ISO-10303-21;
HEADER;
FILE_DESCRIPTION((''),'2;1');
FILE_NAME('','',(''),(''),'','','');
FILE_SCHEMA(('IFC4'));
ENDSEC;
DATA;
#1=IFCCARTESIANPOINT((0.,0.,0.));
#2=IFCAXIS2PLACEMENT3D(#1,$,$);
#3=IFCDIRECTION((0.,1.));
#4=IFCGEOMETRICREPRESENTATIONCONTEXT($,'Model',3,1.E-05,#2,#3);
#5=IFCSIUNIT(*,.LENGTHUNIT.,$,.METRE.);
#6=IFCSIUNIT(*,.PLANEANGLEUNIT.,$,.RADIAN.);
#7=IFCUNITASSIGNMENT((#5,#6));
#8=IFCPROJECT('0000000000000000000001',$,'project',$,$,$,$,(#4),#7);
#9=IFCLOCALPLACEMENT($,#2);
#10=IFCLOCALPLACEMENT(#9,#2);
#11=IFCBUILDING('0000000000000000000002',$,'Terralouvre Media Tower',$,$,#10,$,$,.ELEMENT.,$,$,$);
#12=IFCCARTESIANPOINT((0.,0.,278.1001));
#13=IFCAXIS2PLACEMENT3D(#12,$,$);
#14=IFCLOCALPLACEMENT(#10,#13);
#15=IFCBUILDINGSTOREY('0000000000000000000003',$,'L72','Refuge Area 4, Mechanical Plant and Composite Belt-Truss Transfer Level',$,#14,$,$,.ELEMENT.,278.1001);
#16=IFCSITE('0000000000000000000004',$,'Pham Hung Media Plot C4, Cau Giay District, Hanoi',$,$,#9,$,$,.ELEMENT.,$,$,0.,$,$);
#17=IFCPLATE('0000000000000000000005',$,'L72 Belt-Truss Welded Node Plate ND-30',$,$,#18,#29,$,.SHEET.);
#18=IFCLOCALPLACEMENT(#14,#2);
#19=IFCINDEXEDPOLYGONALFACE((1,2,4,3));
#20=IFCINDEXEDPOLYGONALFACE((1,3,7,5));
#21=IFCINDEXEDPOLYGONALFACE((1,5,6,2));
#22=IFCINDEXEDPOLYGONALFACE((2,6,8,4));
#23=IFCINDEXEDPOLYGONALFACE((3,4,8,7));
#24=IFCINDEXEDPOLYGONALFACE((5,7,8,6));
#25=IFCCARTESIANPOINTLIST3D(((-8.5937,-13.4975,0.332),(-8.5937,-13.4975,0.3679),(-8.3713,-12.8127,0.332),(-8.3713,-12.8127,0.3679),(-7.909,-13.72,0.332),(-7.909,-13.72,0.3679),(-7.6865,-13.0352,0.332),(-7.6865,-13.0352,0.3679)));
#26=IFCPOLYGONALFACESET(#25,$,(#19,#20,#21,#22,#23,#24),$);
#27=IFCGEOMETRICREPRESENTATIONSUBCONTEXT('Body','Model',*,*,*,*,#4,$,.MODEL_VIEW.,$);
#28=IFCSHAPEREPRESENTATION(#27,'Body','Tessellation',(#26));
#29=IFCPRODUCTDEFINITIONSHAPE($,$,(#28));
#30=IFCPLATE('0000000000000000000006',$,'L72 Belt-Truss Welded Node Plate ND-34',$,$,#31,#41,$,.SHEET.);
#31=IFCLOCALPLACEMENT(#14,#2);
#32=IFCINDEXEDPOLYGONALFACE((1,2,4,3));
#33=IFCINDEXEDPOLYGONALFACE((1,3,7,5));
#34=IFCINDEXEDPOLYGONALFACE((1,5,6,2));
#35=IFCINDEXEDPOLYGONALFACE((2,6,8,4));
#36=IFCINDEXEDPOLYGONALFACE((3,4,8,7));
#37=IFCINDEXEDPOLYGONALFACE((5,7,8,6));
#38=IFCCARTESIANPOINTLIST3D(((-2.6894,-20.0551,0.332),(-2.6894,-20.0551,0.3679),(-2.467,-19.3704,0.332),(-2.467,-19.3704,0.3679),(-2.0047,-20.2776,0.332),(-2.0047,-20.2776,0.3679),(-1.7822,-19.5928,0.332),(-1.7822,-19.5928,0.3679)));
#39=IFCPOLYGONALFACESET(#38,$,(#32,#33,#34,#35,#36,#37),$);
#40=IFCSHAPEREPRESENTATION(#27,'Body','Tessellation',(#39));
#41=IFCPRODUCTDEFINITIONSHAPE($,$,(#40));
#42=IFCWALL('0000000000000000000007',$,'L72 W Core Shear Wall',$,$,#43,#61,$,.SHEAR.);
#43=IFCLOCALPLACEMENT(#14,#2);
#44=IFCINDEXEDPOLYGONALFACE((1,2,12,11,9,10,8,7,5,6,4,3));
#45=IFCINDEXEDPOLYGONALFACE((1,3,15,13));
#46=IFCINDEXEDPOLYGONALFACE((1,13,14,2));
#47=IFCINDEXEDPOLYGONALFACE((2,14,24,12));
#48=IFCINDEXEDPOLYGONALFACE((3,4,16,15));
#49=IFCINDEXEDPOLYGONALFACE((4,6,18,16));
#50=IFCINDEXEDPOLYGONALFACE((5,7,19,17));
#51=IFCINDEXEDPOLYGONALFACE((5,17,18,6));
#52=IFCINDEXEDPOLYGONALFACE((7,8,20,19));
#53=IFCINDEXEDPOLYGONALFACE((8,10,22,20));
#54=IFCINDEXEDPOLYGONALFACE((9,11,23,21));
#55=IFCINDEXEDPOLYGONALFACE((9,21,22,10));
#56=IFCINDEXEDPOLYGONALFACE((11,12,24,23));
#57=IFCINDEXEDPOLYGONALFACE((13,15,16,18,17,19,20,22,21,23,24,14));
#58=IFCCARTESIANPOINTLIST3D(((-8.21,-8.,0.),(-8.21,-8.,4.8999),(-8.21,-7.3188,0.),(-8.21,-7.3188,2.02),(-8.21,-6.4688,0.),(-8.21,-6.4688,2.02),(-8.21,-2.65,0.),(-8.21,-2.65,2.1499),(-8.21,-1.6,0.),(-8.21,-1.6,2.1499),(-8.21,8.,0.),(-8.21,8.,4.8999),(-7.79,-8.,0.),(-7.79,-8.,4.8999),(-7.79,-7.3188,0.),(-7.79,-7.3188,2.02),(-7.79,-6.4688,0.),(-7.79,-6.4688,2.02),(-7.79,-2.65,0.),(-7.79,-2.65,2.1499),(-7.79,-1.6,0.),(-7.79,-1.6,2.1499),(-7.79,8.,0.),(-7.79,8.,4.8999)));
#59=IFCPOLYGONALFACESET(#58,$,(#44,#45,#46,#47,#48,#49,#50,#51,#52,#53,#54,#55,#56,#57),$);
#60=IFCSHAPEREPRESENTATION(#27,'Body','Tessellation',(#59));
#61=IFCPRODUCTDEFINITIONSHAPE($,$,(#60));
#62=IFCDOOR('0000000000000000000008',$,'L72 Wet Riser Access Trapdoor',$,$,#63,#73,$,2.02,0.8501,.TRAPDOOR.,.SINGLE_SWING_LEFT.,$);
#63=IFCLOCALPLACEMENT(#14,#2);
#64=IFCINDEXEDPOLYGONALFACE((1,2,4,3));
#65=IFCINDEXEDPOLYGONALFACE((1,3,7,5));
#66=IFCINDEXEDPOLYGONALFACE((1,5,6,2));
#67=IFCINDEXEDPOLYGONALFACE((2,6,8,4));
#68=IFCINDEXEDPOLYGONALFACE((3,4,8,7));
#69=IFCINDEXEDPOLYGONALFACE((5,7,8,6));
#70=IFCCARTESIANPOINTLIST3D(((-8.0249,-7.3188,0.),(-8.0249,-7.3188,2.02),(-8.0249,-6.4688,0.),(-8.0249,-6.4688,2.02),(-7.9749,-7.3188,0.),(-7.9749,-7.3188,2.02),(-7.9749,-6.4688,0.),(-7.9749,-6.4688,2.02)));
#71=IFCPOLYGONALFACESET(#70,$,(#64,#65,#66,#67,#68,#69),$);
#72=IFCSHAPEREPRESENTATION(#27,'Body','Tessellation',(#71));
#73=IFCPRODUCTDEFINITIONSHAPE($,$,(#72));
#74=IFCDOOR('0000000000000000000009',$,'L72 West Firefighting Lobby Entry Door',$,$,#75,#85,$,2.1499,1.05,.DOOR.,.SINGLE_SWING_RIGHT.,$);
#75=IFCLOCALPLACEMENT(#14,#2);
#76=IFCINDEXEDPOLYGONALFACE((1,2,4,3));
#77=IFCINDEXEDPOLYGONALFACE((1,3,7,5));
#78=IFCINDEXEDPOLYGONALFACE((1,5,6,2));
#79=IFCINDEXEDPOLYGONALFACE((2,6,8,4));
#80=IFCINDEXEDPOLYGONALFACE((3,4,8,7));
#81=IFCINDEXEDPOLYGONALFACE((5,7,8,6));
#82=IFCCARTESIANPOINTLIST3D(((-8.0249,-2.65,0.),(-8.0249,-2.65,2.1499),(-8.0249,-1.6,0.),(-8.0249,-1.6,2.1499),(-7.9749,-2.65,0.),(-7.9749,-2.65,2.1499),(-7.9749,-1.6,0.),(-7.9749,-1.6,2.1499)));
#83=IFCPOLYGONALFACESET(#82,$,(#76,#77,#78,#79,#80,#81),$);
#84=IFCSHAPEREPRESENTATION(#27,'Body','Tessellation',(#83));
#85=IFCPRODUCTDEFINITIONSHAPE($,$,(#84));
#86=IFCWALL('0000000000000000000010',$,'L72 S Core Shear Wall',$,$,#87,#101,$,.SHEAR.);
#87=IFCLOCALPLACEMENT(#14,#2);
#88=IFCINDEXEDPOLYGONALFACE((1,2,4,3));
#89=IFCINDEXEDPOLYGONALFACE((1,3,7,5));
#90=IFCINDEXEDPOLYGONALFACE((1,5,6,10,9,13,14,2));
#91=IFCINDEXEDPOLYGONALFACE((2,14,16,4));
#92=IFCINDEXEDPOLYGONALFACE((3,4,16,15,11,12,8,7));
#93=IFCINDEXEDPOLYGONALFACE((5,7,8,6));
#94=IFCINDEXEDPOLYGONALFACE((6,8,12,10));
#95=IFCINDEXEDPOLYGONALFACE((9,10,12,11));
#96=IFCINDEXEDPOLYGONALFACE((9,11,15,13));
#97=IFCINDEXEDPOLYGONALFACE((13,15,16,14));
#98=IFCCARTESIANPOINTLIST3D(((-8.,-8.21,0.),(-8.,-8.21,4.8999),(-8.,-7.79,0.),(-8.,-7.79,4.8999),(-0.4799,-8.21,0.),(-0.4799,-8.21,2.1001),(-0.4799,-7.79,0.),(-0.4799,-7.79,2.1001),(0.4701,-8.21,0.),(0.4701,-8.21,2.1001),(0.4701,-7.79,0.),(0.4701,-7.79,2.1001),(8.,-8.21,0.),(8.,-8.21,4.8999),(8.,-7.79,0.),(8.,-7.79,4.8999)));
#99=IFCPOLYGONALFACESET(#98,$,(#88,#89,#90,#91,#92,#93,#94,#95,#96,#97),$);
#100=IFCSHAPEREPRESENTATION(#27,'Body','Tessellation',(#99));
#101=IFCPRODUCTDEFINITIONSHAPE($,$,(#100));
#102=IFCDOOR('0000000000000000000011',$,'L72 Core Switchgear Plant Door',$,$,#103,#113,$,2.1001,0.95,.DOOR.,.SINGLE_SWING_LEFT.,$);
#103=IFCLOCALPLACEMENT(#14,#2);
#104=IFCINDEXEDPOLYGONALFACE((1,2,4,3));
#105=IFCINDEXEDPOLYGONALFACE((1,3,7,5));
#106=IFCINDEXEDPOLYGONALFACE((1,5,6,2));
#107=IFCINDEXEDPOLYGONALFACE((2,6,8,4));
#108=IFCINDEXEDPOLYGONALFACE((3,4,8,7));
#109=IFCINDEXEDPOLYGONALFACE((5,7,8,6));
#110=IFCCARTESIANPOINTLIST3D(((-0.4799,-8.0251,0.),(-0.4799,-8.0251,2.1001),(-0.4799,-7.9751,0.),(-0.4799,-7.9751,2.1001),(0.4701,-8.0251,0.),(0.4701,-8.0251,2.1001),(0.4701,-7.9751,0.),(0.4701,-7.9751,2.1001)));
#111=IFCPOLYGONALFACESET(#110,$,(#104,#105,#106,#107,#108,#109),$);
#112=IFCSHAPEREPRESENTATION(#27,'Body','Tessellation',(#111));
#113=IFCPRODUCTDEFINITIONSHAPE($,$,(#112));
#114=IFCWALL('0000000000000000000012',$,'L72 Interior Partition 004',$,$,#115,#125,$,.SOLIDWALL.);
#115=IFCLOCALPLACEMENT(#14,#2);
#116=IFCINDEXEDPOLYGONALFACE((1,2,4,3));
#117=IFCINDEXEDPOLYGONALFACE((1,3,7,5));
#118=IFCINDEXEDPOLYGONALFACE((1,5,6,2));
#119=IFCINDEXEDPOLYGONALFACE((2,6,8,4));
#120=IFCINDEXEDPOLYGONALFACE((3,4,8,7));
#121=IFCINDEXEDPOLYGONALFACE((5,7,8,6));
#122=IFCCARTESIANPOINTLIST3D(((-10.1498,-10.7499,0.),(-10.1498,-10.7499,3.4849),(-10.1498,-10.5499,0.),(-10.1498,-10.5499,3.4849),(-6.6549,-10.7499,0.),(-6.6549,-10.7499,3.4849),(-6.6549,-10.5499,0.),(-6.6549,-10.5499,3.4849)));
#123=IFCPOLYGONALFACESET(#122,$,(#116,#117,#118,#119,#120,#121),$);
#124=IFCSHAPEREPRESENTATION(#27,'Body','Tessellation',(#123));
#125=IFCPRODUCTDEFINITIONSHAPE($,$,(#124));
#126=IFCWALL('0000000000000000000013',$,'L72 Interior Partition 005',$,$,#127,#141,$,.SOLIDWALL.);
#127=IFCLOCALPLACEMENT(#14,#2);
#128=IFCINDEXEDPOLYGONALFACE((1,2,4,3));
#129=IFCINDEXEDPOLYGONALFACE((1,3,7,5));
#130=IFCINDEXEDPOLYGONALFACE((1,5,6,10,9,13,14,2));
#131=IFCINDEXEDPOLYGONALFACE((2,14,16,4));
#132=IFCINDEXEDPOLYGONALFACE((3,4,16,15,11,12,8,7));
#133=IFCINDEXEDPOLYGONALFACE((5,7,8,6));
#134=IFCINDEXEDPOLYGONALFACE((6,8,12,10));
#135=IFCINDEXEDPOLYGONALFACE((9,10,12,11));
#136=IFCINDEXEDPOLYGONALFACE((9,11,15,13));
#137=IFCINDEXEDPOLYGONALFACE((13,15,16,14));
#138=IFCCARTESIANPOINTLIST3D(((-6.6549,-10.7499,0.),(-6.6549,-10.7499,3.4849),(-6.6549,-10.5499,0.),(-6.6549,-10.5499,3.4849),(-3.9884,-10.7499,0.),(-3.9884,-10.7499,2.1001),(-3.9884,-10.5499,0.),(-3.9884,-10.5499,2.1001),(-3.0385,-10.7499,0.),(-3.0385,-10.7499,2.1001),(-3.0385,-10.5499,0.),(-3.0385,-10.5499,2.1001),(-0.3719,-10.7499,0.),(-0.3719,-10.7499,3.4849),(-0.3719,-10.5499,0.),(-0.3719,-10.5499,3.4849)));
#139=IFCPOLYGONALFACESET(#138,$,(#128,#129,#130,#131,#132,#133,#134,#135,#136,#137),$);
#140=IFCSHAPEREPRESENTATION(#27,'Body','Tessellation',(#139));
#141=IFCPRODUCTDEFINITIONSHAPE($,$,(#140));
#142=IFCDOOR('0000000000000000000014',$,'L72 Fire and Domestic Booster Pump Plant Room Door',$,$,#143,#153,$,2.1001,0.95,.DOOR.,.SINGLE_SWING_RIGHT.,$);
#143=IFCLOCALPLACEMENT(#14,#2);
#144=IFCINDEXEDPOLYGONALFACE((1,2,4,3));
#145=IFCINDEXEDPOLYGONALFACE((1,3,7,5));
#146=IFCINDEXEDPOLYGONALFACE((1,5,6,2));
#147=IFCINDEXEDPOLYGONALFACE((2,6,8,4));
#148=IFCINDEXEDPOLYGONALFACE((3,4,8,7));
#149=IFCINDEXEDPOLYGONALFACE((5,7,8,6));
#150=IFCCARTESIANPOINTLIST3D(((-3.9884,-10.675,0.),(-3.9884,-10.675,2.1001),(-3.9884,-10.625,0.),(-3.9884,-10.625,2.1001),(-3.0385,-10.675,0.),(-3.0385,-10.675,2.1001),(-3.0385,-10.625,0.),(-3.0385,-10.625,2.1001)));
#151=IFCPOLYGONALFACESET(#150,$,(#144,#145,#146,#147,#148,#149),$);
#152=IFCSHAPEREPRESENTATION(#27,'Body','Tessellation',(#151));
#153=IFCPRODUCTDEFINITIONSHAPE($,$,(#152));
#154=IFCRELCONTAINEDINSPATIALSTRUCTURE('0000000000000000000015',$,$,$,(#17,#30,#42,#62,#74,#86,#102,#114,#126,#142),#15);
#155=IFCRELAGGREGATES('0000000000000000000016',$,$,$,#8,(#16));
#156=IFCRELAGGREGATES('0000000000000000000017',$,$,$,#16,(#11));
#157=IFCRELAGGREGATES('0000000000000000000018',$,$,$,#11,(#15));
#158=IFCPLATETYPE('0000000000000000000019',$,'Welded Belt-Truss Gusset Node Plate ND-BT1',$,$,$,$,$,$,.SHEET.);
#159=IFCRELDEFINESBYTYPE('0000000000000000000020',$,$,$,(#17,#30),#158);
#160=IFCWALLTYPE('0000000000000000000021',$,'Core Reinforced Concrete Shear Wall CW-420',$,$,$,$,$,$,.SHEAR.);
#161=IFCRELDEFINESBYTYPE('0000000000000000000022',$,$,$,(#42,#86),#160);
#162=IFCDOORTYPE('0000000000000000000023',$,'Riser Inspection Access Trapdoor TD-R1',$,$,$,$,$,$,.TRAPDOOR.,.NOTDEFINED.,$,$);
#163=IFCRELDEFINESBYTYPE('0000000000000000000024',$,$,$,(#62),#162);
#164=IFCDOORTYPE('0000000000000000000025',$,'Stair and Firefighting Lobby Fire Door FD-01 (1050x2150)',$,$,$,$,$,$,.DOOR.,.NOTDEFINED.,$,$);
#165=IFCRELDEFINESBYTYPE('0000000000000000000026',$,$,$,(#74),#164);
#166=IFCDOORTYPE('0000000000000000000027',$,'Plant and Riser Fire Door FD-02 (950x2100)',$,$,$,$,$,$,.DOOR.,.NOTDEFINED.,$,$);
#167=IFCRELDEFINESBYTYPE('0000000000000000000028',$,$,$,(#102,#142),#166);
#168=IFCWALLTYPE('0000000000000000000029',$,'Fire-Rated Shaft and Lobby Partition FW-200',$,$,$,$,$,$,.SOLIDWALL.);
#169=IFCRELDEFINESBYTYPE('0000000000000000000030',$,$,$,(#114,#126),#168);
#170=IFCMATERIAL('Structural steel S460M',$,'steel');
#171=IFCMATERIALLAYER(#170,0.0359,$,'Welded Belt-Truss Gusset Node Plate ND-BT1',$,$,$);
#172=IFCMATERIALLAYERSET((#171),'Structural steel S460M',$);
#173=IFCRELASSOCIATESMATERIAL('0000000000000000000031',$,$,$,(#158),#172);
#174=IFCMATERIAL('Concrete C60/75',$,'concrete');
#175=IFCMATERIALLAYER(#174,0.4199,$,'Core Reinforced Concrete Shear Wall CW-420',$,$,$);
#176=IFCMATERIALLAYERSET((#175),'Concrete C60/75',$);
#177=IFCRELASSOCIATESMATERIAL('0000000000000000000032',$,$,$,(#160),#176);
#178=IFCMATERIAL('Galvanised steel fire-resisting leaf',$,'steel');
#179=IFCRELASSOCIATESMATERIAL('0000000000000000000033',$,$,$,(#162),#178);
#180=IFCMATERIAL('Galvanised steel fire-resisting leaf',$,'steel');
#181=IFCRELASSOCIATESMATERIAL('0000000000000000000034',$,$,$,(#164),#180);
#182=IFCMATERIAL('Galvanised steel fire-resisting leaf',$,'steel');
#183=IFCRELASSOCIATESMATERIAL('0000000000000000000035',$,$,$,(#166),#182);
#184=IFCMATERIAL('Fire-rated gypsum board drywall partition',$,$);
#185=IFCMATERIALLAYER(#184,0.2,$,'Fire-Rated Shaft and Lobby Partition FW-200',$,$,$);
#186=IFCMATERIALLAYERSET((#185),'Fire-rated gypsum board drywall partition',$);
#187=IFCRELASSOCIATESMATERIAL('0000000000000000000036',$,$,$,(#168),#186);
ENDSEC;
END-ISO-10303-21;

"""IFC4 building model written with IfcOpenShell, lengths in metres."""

from ifc_helpers import new_model, si_unit, direction, frame, frame_2d, origin, origin_2d, place, context, subcontext, project, spatial, rectangle, extrude, material, layer, layer_set, type_object, element, fill, save


model = new_model("IFC4")

# Units and contexts
model_context = context("Model", 3, precision=1e-05, world=origin(), true_north=direction((0.0, 1.0)))
body_context = subcontext(model_context, "Body", "Model", "MODEL_VIEW")
ifc_project = project(units=[si_unit("LENGTHUNIT", "METRE"), si_unit("PLANEANGLEUNIT", "RADIAN")], contexts=[model_context])

# Site, building, storey
site_placement = place(None, origin())
site = spatial("IfcSite", under=ifc_project, at=site_placement, Name="Pham Hung Media Plot C4, Cau Giay District, Hanoi", CompositionType="ELEMENT", RefElevation=0.0)
building_placement = place(site_placement, origin())
building = spatial("IfcBuilding", under=site, at=building_placement, Name="Terralouvre Media Tower", CompositionType="ELEMENT")
storey_placement = place(building_placement, frame((0.0, 0.0, 278.1001)))
storey = spatial("IfcBuildingStorey", under=building, at=storey_placement, Name="L72", Description="Refuge Area 4, Mechanical Plant and Composite Belt-Truss Transfer Level", CompositionType="ELEMENT", Elevation=278.1001)

# Plates
ifc_material_1 = material(Name="Structural steel S460M", Category="steel")
ifc_layer_1 = layer(ifc_material_1, 0.0359, Name="Welded Belt-Truss Gusset Node Plate ND-BT1")
ifc_layer_set_1 = layer_set([ifc_layer_1], Name="Structural steel S460M")
plate_type = type_object("IfcPlateType", Name="Welded Belt-Truss Gusset Node Plate ND-BT1", PredefinedType="SHEET", material=ifc_layer_set_1)
for number, where, z_axis, x_axis, name in (
    (1, (-8.1401, -13.2664, 0.332), (0.0, 0.0, 1.0), (0.309017, 0.951057, 0.0), "L72 Belt-Truss Welded Node Plate ND-30"),
    (2, (-2.2358, -19.824, 0.332), (0.0, 0.0, 1.0), (0.309017, 0.951057, 0.0), "L72 Belt-Truss Welded Node Plate ND-34"),
):
    element("IfcPlate", number, at=place(storey_placement, frame(where, z_axis=z_axis, x_axis=x_axis)), inside=storey, type_object=plate_type, Name=name, PredefinedType="SHEET", context=body_context, shape_type="SweptSolid", body=[
        extrude(rectangle(XDim=0.72, YDim=0.72, at=origin_2d()), origin(), (0.0, 0.0, 1.0), 0.0359),
    ])

# Wall, openings, doors
ifc_material_2 = material(Name="Concrete C60/75", Category="concrete")
ifc_layer_2 = layer(ifc_material_2, 0.4199, Name="Core Reinforced Concrete Shear Wall CW-420")
ifc_layer_set_2 = layer_set([ifc_layer_2], Name="Concrete C60/75")
wall_type_1 = type_object("IfcWallType", Name="Core Reinforced Concrete Shear Wall CW-420", PredefinedType="SHEAR", material=ifc_layer_set_2)
wall_1_placement = place(storey_placement, frame((-8.0, -8.0, 0.0), z_axis=(0.0, 0.0, 1.0), x_axis=(0.0, 1.0, 0.0)))
wall_1 = element("IfcWall", 3, at=wall_1_placement, inside=storey, type_object=wall_type_1, Name="L72 W Core Shear Wall", PredefinedType="SHEAR", context=body_context, shape_type="SweptSolid", body=[
    extrude(rectangle(XDim=16.0, YDim=0.4199, at=frame_2d((8.0, 0.0))), origin(), (0.0, 0.0, 1.0), 4.8999),
])
opening_1_placement = place(wall_1_placement, frame((0.6812, 0.0, 0.0)))
opening_1 = element("IfcOpeningElement", 4, at=opening_1_placement, cuts=wall_1, PredefinedType="OPENING", context=body_context, shape_type="SweptSolid", body=[
    extrude(rectangle(XDim=0.8501, YDim=2.02, at=frame_2d((0.425, 1.01))), frame((0.0, 0.22, 0.0), z_axis=(0.0, -1.0, 0.0), x_axis=(1.0, 0.0, 0.0)), (0.0, 0.0, 1.0), 0.4399),
])
opening_2_placement = place(wall_1_placement, frame((5.3501, 0.0, 0.0)))
opening_2 = element("IfcOpeningElement", 5, at=opening_2_placement, cuts=wall_1, PredefinedType="OPENING", context=body_context, shape_type="SweptSolid", body=[
    extrude(rectangle(XDim=1.05, YDim=2.1499, at=frame_2d((0.5249, 1.075))), frame((0.0, 0.22, 0.0), z_axis=(0.0, -1.0, 0.0), x_axis=(1.0, 0.0, 0.0)), (0.0, 0.0, 1.0), 0.4399),
])
ifc_material_3 = material(Name="Galvanised steel fire-resisting leaf", Category="steel")
door_type_1 = type_object("IfcDoorType", Name="Riser Inspection Access Trapdoor TD-R1", OperationType="NOTDEFINED", PredefinedType="TRAPDOOR", material=ifc_material_3)
door_1_placement = place(opening_1_placement, origin())
door_1 = element("IfcDoor", 6, at=door_1_placement, inside=storey, type_object=door_type_1, Name="L72 Wet Riser Access Trapdoor", OperationType="SINGLE_SWING_LEFT", OverallHeight=2.02, OverallWidth=0.8501, PredefinedType="TRAPDOOR", context=body_context, shape_type="SweptSolid", body=[
    extrude(rectangle(XDim=0.8501, YDim=2.02, at=frame_2d((0.425, 1.01))), frame((0.0, 0.0249, 0.0), z_axis=(0.0, -1.0, 0.0), x_axis=(1.0, 0.0, 0.0)), (0.0, 0.0, 1.0), 0.05),
])
fill(opening_1, door_1)
ifc_material_4 = material(Name="Galvanised steel fire-resisting leaf", Category="steel")
door_type_2 = type_object("IfcDoorType", Name="Stair and Firefighting Lobby Fire Door FD-01 (1050x2150)", OperationType="NOTDEFINED", PredefinedType="DOOR", material=ifc_material_4)
door_2_placement = place(opening_2_placement, origin())
door_2 = element("IfcDoor", 7, at=door_2_placement, inside=storey, type_object=door_type_2, Name="L72 West Firefighting Lobby Entry Door", OperationType="SINGLE_SWING_RIGHT", OverallHeight=2.1499, OverallWidth=1.05, PredefinedType="DOOR", context=body_context, shape_type="SweptSolid", body=[
    extrude(rectangle(XDim=1.05, YDim=2.1499, at=frame_2d((0.5249, 1.075))), frame((0.0, 0.0249, 0.0), z_axis=(0.0, -1.0, 0.0), x_axis=(1.0, 0.0, 0.0)), (0.0, 0.0, 1.0), 0.05),
])
fill(opening_2, door_2)

# Wall, opening, door
wall_2_placement = place(storey_placement, frame((-8.0, -8.0, 0.0), z_axis=(0.0, 0.0, 1.0), x_axis=(1.0, 0.0, 0.0)))
wall_2 = element("IfcWall", 8, at=wall_2_placement, inside=storey, type_object=wall_type_1, Name="L72 S Core Shear Wall", PredefinedType="SHEAR", context=body_context, shape_type="SweptSolid", body=[
    extrude(rectangle(XDim=16.0, YDim=0.4199, at=frame_2d((8.0, 0.0))), origin(), (0.0, 0.0, 1.0), 4.8999),
])
opening_3_placement = place(wall_2_placement, frame((7.52, 0.0, 0.0)))
opening_3 = element("IfcOpeningElement", 9, at=opening_3_placement, cuts=wall_2, PredefinedType="OPENING", context=body_context, shape_type="SweptSolid", body=[
    extrude(rectangle(XDim=0.95, YDim=2.1001, at=frame_2d((0.4751, 1.05))), frame((0.0, 0.22, 0.0), z_axis=(0.0, -1.0, 0.0), x_axis=(1.0, 0.0, 0.0)), (0.0, 0.0, 1.0), 0.4399),
])
ifc_material_5 = material(Name="Galvanised steel fire-resisting leaf", Category="steel")
door_type_3 = type_object("IfcDoorType", Name="Plant and Riser Fire Door FD-02 (950x2100)", OperationType="NOTDEFINED", PredefinedType="DOOR", material=ifc_material_5)
door_3_placement = place(opening_3_placement, origin())
door_3 = element("IfcDoor", 10, at=door_3_placement, inside=storey, type_object=door_type_3, Name="L72 Core Switchgear Plant Door", OperationType="SINGLE_SWING_LEFT", OverallHeight=2.1001, OverallWidth=0.95, PredefinedType="DOOR", context=body_context, shape_type="SweptSolid", body=[
    extrude(rectangle(XDim=0.95, YDim=2.1001, at=frame_2d((0.4751, 1.05))), frame((0.0, 0.0249, 0.0), z_axis=(0.0, -1.0, 0.0), x_axis=(1.0, 0.0, 0.0)), (0.0, 0.0, 1.0), 0.05),
])
fill(opening_3, door_3)

# Wall
ifc_material_6 = material(Name="Fire-rated gypsum board drywall partition")
ifc_layer_3 = layer(ifc_material_6, 0.2, Name="Fire-Rated Shaft and Lobby Partition FW-200")
ifc_layer_set_3 = layer_set([ifc_layer_3], Name="Fire-rated gypsum board drywall partition")
wall_type_2 = type_object("IfcWallType", Name="Fire-Rated Shaft and Lobby Partition FW-200", PredefinedType="SOLIDWALL", material=ifc_layer_set_3)
wall_3_placement = place(storey_placement, frame((-10.1499, -10.6499, 0.0), z_axis=(0.0, 0.0, 1.0), x_axis=(1.0, 0.0, 0.0)))
element("IfcWall", 11, at=wall_3_placement, inside=storey, type_object=wall_type_2, Name="L72 Interior Partition 004", PredefinedType="SOLIDWALL", context=body_context, shape_type="SweptSolid", body=[
    extrude(rectangle(XDim=3.4949, YDim=0.2, at=frame_2d((1.7476, 0.0))), origin(), (0.0, 0.0, 1.0), 3.4849),
])

# Wall, opening, door
wall_4_placement = place(storey_placement, frame((-6.655, -10.6499, 0.0), z_axis=(0.0, 0.0, 1.0), x_axis=(1.0, 0.0, 0.0)))
wall_4 = element("IfcWall", 12, at=wall_4_placement, inside=storey, type_object=wall_type_2, Name="L72 Interior Partition 005", PredefinedType="SOLIDWALL", context=body_context, shape_type="SweptSolid", body=[
    extrude(rectangle(XDim=6.283, YDim=0.2, at=frame_2d((3.1416, 0.0))), origin(), (0.0, 0.0, 1.0), 3.4849),
])
opening_4_placement = place(wall_4_placement, frame((2.6665, 0.0, 0.0)))
opening_4 = element("IfcOpeningElement", 13, at=opening_4_placement, cuts=wall_4, PredefinedType="OPENING", context=body_context, shape_type="SweptSolid", body=[
    extrude(rectangle(XDim=0.95, YDim=2.1001, at=frame_2d((0.4751, 1.05))), frame((0.0, 0.1099, 0.0), z_axis=(0.0, -1.0, 0.0), x_axis=(1.0, 0.0, 0.0)), (0.0, 0.0, 1.0), 0.22),
])
door_4_placement = place(opening_4_placement, origin())
door_4 = element("IfcDoor", 14, at=door_4_placement, inside=storey, type_object=door_type_3, Name="L72 Fire and Domestic Booster Pump Plant Room Door", OperationType="SINGLE_SWING_RIGHT", OverallHeight=2.1001, OverallWidth=0.95, PredefinedType="DOOR", context=body_context, shape_type="SweptSolid", body=[
    extrude(rectangle(XDim=0.95, YDim=2.1001, at=frame_2d((0.4751, 1.05))), frame((0.0, 0.0249, 0.0), z_axis=(0.0, -1.0, 0.0), x_axis=(1.0, 0.0, 0.0)), (0.0, 0.0, 1.0), 0.05),
])
fill(opening_4, door_4)

save(model, "model.ifc")
